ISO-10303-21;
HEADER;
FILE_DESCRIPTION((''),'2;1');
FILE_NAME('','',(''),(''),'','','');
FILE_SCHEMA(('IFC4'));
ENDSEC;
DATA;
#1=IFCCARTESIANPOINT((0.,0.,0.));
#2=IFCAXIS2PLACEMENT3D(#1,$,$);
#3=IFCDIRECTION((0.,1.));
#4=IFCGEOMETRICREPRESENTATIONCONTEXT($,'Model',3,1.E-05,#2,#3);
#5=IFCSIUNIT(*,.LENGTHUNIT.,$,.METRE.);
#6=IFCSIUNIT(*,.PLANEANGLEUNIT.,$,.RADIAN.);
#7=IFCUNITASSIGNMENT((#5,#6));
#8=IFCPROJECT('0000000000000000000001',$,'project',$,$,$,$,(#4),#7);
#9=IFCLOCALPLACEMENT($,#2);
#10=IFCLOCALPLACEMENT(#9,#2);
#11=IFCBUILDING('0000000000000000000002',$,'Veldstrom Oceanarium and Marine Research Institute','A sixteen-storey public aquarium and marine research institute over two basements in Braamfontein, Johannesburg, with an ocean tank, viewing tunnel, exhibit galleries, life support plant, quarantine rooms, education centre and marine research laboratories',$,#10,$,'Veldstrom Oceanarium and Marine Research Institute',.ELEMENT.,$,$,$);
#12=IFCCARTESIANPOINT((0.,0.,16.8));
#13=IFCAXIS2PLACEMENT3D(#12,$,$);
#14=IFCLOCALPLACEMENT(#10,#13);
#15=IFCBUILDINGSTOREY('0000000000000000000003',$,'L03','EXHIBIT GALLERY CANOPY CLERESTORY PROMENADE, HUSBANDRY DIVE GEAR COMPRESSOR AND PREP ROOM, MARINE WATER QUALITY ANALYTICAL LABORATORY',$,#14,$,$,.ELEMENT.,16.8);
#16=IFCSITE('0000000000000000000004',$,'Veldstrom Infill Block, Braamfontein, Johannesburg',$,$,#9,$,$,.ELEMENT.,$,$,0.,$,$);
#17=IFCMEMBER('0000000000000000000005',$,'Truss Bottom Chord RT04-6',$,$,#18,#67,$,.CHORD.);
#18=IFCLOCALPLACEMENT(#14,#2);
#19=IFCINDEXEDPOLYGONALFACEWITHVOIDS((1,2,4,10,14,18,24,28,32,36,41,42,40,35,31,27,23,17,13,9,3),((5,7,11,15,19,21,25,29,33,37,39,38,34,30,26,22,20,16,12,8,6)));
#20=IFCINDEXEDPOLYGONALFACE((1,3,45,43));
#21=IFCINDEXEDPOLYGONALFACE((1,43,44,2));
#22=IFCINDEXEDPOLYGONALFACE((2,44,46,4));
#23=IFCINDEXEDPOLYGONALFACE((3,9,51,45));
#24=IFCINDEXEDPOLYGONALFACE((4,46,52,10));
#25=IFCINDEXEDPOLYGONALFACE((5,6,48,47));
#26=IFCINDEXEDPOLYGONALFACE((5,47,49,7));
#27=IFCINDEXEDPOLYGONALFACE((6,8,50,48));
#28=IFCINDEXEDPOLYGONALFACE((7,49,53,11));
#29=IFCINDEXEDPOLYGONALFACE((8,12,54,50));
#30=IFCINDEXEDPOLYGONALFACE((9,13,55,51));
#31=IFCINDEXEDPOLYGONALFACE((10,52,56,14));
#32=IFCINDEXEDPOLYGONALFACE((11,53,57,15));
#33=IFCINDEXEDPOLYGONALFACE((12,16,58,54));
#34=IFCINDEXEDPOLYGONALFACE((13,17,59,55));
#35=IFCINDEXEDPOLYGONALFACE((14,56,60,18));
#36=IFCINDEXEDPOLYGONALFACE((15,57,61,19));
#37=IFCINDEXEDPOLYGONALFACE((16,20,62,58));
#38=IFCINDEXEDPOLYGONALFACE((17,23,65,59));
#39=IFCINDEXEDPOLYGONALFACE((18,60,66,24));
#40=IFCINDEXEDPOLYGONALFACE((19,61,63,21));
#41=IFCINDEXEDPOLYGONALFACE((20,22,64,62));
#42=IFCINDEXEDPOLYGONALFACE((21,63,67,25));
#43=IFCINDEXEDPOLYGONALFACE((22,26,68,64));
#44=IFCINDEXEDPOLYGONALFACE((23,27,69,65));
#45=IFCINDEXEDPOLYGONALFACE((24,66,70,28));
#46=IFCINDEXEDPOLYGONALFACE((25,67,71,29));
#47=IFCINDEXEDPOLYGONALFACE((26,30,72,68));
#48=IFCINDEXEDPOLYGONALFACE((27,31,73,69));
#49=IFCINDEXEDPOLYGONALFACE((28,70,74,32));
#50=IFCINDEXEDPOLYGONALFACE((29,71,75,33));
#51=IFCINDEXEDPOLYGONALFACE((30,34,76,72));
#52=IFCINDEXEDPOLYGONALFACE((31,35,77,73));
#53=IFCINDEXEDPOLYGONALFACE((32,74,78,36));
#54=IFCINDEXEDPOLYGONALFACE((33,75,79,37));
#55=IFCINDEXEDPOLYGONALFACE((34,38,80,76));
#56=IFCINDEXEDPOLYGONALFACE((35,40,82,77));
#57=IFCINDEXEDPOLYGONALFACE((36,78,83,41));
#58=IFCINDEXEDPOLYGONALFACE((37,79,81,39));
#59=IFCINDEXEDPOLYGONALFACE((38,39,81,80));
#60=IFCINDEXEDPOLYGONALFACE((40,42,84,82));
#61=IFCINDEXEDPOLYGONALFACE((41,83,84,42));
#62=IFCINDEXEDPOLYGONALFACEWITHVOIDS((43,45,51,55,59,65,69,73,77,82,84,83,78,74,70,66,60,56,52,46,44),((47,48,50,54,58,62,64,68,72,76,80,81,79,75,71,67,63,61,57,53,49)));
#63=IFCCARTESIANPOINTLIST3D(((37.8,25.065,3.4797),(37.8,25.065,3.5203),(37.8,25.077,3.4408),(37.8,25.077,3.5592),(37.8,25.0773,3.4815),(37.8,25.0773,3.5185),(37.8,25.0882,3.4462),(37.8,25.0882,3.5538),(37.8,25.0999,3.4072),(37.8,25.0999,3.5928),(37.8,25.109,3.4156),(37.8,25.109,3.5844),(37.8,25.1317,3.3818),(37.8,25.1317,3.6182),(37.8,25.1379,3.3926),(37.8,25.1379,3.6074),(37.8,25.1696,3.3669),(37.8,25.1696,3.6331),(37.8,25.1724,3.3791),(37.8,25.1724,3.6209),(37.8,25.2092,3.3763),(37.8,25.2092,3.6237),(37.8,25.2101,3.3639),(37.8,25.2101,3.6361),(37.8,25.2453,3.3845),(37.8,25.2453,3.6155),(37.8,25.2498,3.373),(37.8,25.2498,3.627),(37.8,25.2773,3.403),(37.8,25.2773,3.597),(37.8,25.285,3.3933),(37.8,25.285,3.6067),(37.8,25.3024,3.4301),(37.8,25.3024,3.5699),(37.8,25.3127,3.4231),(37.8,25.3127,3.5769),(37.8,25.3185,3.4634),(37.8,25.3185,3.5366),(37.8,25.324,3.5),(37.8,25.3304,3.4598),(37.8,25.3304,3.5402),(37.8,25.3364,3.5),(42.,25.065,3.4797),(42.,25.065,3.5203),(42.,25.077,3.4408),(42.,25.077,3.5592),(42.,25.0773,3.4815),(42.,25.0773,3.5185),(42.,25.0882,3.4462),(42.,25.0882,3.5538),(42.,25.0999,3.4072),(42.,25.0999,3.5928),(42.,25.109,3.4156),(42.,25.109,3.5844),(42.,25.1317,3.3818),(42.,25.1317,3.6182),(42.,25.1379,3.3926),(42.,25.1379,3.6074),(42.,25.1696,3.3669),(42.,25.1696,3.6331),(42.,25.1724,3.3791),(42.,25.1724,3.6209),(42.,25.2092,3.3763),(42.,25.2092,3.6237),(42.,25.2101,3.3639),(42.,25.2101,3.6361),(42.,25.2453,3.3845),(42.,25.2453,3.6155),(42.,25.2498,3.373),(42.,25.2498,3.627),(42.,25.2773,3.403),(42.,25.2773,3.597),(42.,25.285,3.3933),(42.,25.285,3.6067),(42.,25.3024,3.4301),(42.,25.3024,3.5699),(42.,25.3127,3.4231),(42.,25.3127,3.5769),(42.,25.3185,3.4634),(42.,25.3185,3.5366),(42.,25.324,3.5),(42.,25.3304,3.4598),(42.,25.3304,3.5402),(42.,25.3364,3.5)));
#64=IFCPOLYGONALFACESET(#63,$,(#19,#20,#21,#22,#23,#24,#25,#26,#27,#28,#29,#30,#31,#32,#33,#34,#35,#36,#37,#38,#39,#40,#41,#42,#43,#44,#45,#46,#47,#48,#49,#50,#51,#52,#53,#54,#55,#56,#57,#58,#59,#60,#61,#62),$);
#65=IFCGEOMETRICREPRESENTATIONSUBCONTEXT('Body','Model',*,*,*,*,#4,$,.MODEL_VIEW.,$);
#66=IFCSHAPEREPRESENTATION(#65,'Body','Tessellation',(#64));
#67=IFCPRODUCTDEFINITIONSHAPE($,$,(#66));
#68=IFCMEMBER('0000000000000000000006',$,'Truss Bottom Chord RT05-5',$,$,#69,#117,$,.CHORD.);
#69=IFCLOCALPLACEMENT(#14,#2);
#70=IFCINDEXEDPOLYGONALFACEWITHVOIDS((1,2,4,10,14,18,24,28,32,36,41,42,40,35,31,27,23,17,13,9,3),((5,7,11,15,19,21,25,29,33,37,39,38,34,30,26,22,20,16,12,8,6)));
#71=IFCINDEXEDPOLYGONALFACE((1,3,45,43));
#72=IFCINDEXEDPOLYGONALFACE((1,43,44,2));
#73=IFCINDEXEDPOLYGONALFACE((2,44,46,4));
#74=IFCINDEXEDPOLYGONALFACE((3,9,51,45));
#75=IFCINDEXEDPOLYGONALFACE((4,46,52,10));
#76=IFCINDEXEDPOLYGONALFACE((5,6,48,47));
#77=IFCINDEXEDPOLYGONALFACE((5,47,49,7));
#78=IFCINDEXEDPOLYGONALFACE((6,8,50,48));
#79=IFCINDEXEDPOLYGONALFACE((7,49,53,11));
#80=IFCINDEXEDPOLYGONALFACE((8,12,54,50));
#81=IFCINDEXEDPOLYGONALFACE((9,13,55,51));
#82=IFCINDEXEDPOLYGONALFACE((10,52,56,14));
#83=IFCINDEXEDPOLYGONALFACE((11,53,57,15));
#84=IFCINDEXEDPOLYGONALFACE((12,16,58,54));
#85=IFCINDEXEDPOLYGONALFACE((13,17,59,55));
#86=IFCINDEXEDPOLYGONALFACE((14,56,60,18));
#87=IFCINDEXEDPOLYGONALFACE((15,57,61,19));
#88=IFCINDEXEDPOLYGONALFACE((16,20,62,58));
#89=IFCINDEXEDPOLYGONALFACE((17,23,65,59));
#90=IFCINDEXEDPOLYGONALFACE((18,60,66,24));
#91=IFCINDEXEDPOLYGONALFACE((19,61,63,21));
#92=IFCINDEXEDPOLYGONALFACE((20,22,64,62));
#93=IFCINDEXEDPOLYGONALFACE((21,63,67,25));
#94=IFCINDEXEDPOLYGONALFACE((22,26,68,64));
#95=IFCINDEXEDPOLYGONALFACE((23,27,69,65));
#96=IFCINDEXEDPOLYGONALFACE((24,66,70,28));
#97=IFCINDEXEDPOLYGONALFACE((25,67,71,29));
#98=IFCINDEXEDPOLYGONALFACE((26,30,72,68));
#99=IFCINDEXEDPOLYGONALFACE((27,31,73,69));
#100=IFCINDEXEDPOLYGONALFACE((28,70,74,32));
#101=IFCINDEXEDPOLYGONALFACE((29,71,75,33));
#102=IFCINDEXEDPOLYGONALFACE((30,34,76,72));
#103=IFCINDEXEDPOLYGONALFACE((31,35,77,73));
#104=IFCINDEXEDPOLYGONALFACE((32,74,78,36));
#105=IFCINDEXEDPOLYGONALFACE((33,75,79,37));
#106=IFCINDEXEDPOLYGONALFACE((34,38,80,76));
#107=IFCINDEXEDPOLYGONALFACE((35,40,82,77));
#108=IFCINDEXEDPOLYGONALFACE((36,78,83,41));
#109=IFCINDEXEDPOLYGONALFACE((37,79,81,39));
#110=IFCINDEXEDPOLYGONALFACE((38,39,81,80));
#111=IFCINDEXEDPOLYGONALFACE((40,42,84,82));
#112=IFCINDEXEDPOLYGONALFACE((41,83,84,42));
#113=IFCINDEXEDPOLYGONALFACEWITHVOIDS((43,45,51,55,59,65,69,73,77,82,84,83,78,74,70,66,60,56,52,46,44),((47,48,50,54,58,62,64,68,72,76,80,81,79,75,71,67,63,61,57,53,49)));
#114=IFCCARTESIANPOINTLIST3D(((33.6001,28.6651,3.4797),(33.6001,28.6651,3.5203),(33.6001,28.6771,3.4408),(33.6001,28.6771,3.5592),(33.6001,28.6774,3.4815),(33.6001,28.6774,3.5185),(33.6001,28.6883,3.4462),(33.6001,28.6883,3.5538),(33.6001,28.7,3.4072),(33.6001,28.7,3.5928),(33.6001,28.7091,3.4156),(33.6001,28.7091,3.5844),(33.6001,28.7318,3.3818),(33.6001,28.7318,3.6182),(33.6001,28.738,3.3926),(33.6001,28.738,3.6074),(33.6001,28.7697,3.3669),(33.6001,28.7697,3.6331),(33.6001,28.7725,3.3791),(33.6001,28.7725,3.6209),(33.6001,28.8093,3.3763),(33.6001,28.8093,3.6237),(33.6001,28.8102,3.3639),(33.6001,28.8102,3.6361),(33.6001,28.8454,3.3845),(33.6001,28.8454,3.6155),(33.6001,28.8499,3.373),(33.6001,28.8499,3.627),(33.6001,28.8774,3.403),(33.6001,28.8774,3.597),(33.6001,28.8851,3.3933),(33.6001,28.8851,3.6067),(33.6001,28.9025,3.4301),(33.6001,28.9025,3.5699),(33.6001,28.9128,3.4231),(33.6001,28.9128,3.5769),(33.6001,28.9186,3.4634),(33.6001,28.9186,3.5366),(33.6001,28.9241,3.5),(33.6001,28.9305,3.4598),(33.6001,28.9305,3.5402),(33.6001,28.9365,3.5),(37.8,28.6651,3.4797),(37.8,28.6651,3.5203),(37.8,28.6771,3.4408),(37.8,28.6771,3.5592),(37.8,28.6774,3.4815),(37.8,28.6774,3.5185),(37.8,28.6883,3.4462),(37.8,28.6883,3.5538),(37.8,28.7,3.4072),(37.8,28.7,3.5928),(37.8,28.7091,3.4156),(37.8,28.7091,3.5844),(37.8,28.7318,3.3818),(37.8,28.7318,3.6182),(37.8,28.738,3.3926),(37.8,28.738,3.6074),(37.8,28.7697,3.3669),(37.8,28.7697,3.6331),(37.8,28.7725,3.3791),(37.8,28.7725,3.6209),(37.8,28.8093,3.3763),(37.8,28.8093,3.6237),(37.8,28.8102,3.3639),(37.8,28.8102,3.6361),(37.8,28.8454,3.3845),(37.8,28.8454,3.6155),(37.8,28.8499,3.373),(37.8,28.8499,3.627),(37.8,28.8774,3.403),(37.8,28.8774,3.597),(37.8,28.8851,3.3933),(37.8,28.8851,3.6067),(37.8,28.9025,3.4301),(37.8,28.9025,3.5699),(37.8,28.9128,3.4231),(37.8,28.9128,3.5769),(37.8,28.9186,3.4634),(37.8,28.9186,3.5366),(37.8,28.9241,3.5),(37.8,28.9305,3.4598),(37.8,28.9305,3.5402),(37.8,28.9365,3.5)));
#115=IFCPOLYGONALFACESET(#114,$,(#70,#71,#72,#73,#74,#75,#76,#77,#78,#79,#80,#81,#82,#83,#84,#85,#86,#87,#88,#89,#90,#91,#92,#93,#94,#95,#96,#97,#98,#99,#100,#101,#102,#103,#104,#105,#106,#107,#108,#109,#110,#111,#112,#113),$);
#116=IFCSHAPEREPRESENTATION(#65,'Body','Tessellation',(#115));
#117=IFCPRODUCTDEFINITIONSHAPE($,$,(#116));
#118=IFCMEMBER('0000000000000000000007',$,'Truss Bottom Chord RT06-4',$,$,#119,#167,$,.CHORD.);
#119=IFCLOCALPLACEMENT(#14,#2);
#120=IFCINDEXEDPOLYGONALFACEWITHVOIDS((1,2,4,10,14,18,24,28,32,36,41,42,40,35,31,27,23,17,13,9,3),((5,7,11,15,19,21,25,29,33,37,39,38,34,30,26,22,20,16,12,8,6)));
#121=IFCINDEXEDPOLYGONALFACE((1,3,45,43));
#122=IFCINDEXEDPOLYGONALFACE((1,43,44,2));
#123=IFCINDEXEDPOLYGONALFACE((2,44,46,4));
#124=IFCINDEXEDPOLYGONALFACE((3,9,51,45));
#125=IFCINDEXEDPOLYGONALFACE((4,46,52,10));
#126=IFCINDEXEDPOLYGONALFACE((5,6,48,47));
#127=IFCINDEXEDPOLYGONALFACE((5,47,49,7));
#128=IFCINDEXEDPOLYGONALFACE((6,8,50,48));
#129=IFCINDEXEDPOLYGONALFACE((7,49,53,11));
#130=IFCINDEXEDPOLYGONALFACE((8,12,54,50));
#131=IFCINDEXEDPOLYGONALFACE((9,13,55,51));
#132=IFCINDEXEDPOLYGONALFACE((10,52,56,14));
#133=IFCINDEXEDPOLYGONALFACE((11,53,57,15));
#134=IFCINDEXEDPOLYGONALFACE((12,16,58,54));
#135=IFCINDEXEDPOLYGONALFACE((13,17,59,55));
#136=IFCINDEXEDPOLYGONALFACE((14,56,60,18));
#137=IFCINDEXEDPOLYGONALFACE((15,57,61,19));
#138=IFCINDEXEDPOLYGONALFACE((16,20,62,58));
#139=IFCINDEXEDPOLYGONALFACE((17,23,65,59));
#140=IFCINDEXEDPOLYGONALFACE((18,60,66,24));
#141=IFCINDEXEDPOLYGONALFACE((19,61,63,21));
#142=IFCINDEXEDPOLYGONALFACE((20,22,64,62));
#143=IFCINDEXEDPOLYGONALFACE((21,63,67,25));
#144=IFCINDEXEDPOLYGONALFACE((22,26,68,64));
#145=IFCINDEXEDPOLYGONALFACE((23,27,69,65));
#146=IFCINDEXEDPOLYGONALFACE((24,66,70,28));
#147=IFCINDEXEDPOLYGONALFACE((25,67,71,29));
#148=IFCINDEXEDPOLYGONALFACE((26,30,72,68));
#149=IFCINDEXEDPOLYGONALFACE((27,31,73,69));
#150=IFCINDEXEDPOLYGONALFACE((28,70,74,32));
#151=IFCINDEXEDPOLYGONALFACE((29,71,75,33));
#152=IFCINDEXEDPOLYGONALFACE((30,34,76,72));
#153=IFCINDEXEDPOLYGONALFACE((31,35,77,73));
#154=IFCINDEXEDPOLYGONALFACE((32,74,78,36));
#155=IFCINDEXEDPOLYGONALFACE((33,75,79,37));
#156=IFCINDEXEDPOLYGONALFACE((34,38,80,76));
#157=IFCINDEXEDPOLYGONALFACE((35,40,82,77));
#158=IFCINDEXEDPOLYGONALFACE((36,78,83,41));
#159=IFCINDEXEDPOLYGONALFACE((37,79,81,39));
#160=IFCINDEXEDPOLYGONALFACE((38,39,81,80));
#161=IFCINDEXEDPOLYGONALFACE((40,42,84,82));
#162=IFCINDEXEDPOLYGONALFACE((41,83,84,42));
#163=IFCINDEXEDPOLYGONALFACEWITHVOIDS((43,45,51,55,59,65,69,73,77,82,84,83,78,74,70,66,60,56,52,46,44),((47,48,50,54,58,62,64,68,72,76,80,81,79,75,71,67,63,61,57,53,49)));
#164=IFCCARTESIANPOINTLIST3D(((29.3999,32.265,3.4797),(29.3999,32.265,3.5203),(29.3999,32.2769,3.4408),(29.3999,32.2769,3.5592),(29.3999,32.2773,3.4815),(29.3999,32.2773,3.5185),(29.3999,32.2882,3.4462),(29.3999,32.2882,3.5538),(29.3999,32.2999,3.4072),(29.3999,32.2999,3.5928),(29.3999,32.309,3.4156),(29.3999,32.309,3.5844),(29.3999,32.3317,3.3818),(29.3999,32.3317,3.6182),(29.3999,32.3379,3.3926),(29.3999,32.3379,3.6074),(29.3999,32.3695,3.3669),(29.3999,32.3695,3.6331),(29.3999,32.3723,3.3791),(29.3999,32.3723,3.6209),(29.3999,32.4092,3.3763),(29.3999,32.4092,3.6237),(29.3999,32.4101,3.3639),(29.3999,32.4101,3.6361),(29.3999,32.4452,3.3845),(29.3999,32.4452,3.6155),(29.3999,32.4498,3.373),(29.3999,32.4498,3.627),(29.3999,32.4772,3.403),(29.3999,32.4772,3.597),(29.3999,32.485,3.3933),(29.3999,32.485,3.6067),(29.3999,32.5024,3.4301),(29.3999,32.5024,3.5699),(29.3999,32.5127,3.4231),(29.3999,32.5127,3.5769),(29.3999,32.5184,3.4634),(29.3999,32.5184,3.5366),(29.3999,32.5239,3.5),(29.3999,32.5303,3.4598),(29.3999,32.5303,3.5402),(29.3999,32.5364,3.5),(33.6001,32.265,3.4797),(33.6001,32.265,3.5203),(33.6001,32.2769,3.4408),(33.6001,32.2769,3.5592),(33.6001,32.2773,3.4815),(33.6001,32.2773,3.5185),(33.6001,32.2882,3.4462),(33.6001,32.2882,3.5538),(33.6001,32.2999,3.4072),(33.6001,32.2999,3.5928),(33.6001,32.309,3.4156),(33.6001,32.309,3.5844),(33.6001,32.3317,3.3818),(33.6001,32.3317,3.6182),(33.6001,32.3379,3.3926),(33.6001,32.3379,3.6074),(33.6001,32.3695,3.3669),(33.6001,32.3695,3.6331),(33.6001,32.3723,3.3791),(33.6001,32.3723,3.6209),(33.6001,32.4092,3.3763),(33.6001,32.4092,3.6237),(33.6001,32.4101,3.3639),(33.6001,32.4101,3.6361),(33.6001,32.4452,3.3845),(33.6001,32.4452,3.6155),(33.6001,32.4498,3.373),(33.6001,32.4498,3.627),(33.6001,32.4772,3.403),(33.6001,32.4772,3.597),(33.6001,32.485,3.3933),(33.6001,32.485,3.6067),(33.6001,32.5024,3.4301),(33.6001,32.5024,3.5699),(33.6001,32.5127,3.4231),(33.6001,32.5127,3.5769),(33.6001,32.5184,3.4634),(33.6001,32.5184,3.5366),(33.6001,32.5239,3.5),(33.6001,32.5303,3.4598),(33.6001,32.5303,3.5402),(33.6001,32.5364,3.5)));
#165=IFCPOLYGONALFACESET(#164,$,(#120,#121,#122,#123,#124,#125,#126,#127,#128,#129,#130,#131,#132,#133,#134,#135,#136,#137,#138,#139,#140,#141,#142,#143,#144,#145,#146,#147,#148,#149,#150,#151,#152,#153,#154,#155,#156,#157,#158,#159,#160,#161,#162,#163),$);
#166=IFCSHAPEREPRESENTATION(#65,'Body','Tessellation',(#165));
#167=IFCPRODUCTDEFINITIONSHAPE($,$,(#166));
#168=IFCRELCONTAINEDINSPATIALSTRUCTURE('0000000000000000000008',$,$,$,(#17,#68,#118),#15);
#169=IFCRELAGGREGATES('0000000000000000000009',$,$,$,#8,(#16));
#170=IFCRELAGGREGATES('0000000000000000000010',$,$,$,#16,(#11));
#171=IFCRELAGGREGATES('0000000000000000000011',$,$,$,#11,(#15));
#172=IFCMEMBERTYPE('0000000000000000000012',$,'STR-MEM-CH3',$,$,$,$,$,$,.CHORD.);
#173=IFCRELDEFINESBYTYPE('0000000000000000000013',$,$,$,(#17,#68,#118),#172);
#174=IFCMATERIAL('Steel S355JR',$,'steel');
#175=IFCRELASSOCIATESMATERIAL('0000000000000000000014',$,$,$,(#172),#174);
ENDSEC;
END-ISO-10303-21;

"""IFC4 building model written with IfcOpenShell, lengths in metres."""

from ifc_helpers import new_model, si_unit, direction, frame, origin, origin_2d, place, context, subcontext, project, spatial, hollow_circle, extrude, material, material_profile, profile_set, type_object, element, save


model = new_model("IFC4")

# Units and contexts
model_context = context("Model", 3, precision=1e-05, world=origin(), true_north=direction((0.0, 1.0)))
body_context = subcontext(model_context, "Body", "Model", "MODEL_VIEW")
ifc_project = project(units=[si_unit("LENGTHUNIT", "METRE"), si_unit("PLANEANGLEUNIT", "RADIAN")], contexts=[model_context])

# Site, building, storey
site_placement = place(None, origin())
site = spatial("IfcSite", under=ifc_project, at=site_placement, Name="Veldstrom Infill Block, Braamfontein, Johannesburg", CompositionType="ELEMENT", RefElevation=0.0)
building_placement = place(site_placement, origin())
building = spatial("IfcBuilding", under=site, at=building_placement, Name="Veldstrom Oceanarium and Marine Research Institute", Description="A sixteen-storey public aquarium and marine research institute over two basements in Braamfontein, Johannesburg, with an ocean tank, viewing tunnel, exhibit galleries, life support plant, quarantine rooms, education centre and marine research laboratories", LongName="Veldstrom Oceanarium and Marine Research Institute", CompositionType="ELEMENT")
storey_placement = place(building_placement, frame((0.0, 0.0, 16.8)))
storey = spatial("IfcBuildingStorey", under=building, at=storey_placement, Name="L03", Description="EXHIBIT GALLERY CANOPY CLERESTORY PROMENADE, HUSBANDRY DIVE GEAR COMPRESSOR AND PREP ROOM, MARINE WATER QUALITY ANALYTICAL LABORATORY", CompositionType="ELEMENT", Elevation=16.8)

# Members
ifc_material_1 = material(Name="Steel S355JR", Category="steel")
ifc_material_profile_1 = material_profile(ifc_material_1, hollow_circle(Radius=0.1365, WallThickness=0.0125, at=origin_2d()), Name="CHS 273x12.5")
ifc_profile_set_1 = profile_set([ifc_material_profile_1], Name="Steel S355JR")
member_type_1 = type_object("IfcMemberType", Name="STR-MEM-CH3", PredefinedType="CHORD", material=ifc_profile_set_1)
for number, where, z_axis, x_axis, name in (
    (1, (37.8, 25.2, 3.5), (1.0, 0.0, 0.0), (0.0, 1.0, 0.0), "Truss Bottom Chord RT04-6"),
    (2, (33.6001, 28.8, 3.5), (1.0, 0.0, 0.0), (0.0, 1.0, 0.0), "Truss Bottom Chord RT05-5"),
):
    element("IfcMember", number, at=place(storey_placement, frame(where, z_axis=z_axis, x_axis=x_axis)), inside=storey, type_object=member_type_1, Name=name, PredefinedType="CHORD", context=body_context, shape_type="SweptSolid", body=[
        extrude(hollow_circle(Radius=0.1365, WallThickness=0.0125, at=origin_2d()), origin(), (0.0, 0.0, 1.0), 4.2),
    ])
member_1_placement = place(storey_placement, frame((29.3999, 32.3999, 3.5), z_axis=(1.0, 0.0, 0.0), x_axis=(0.0, 1.0, 0.0)))
element("IfcMember", 3, at=member_1_placement, inside=storey, type_object=member_type_1, Name="Truss Bottom Chord RT06-4", PredefinedType="CHORD", context=body_context, shape_type="SweptSolid", body=[
    extrude(hollow_circle(Radius=0.1365, WallThickness=0.0125, at=origin_2d()), origin(), (0.0, 0.0, 1.0), 4.2002),
])

save(model, "model.ifc")
